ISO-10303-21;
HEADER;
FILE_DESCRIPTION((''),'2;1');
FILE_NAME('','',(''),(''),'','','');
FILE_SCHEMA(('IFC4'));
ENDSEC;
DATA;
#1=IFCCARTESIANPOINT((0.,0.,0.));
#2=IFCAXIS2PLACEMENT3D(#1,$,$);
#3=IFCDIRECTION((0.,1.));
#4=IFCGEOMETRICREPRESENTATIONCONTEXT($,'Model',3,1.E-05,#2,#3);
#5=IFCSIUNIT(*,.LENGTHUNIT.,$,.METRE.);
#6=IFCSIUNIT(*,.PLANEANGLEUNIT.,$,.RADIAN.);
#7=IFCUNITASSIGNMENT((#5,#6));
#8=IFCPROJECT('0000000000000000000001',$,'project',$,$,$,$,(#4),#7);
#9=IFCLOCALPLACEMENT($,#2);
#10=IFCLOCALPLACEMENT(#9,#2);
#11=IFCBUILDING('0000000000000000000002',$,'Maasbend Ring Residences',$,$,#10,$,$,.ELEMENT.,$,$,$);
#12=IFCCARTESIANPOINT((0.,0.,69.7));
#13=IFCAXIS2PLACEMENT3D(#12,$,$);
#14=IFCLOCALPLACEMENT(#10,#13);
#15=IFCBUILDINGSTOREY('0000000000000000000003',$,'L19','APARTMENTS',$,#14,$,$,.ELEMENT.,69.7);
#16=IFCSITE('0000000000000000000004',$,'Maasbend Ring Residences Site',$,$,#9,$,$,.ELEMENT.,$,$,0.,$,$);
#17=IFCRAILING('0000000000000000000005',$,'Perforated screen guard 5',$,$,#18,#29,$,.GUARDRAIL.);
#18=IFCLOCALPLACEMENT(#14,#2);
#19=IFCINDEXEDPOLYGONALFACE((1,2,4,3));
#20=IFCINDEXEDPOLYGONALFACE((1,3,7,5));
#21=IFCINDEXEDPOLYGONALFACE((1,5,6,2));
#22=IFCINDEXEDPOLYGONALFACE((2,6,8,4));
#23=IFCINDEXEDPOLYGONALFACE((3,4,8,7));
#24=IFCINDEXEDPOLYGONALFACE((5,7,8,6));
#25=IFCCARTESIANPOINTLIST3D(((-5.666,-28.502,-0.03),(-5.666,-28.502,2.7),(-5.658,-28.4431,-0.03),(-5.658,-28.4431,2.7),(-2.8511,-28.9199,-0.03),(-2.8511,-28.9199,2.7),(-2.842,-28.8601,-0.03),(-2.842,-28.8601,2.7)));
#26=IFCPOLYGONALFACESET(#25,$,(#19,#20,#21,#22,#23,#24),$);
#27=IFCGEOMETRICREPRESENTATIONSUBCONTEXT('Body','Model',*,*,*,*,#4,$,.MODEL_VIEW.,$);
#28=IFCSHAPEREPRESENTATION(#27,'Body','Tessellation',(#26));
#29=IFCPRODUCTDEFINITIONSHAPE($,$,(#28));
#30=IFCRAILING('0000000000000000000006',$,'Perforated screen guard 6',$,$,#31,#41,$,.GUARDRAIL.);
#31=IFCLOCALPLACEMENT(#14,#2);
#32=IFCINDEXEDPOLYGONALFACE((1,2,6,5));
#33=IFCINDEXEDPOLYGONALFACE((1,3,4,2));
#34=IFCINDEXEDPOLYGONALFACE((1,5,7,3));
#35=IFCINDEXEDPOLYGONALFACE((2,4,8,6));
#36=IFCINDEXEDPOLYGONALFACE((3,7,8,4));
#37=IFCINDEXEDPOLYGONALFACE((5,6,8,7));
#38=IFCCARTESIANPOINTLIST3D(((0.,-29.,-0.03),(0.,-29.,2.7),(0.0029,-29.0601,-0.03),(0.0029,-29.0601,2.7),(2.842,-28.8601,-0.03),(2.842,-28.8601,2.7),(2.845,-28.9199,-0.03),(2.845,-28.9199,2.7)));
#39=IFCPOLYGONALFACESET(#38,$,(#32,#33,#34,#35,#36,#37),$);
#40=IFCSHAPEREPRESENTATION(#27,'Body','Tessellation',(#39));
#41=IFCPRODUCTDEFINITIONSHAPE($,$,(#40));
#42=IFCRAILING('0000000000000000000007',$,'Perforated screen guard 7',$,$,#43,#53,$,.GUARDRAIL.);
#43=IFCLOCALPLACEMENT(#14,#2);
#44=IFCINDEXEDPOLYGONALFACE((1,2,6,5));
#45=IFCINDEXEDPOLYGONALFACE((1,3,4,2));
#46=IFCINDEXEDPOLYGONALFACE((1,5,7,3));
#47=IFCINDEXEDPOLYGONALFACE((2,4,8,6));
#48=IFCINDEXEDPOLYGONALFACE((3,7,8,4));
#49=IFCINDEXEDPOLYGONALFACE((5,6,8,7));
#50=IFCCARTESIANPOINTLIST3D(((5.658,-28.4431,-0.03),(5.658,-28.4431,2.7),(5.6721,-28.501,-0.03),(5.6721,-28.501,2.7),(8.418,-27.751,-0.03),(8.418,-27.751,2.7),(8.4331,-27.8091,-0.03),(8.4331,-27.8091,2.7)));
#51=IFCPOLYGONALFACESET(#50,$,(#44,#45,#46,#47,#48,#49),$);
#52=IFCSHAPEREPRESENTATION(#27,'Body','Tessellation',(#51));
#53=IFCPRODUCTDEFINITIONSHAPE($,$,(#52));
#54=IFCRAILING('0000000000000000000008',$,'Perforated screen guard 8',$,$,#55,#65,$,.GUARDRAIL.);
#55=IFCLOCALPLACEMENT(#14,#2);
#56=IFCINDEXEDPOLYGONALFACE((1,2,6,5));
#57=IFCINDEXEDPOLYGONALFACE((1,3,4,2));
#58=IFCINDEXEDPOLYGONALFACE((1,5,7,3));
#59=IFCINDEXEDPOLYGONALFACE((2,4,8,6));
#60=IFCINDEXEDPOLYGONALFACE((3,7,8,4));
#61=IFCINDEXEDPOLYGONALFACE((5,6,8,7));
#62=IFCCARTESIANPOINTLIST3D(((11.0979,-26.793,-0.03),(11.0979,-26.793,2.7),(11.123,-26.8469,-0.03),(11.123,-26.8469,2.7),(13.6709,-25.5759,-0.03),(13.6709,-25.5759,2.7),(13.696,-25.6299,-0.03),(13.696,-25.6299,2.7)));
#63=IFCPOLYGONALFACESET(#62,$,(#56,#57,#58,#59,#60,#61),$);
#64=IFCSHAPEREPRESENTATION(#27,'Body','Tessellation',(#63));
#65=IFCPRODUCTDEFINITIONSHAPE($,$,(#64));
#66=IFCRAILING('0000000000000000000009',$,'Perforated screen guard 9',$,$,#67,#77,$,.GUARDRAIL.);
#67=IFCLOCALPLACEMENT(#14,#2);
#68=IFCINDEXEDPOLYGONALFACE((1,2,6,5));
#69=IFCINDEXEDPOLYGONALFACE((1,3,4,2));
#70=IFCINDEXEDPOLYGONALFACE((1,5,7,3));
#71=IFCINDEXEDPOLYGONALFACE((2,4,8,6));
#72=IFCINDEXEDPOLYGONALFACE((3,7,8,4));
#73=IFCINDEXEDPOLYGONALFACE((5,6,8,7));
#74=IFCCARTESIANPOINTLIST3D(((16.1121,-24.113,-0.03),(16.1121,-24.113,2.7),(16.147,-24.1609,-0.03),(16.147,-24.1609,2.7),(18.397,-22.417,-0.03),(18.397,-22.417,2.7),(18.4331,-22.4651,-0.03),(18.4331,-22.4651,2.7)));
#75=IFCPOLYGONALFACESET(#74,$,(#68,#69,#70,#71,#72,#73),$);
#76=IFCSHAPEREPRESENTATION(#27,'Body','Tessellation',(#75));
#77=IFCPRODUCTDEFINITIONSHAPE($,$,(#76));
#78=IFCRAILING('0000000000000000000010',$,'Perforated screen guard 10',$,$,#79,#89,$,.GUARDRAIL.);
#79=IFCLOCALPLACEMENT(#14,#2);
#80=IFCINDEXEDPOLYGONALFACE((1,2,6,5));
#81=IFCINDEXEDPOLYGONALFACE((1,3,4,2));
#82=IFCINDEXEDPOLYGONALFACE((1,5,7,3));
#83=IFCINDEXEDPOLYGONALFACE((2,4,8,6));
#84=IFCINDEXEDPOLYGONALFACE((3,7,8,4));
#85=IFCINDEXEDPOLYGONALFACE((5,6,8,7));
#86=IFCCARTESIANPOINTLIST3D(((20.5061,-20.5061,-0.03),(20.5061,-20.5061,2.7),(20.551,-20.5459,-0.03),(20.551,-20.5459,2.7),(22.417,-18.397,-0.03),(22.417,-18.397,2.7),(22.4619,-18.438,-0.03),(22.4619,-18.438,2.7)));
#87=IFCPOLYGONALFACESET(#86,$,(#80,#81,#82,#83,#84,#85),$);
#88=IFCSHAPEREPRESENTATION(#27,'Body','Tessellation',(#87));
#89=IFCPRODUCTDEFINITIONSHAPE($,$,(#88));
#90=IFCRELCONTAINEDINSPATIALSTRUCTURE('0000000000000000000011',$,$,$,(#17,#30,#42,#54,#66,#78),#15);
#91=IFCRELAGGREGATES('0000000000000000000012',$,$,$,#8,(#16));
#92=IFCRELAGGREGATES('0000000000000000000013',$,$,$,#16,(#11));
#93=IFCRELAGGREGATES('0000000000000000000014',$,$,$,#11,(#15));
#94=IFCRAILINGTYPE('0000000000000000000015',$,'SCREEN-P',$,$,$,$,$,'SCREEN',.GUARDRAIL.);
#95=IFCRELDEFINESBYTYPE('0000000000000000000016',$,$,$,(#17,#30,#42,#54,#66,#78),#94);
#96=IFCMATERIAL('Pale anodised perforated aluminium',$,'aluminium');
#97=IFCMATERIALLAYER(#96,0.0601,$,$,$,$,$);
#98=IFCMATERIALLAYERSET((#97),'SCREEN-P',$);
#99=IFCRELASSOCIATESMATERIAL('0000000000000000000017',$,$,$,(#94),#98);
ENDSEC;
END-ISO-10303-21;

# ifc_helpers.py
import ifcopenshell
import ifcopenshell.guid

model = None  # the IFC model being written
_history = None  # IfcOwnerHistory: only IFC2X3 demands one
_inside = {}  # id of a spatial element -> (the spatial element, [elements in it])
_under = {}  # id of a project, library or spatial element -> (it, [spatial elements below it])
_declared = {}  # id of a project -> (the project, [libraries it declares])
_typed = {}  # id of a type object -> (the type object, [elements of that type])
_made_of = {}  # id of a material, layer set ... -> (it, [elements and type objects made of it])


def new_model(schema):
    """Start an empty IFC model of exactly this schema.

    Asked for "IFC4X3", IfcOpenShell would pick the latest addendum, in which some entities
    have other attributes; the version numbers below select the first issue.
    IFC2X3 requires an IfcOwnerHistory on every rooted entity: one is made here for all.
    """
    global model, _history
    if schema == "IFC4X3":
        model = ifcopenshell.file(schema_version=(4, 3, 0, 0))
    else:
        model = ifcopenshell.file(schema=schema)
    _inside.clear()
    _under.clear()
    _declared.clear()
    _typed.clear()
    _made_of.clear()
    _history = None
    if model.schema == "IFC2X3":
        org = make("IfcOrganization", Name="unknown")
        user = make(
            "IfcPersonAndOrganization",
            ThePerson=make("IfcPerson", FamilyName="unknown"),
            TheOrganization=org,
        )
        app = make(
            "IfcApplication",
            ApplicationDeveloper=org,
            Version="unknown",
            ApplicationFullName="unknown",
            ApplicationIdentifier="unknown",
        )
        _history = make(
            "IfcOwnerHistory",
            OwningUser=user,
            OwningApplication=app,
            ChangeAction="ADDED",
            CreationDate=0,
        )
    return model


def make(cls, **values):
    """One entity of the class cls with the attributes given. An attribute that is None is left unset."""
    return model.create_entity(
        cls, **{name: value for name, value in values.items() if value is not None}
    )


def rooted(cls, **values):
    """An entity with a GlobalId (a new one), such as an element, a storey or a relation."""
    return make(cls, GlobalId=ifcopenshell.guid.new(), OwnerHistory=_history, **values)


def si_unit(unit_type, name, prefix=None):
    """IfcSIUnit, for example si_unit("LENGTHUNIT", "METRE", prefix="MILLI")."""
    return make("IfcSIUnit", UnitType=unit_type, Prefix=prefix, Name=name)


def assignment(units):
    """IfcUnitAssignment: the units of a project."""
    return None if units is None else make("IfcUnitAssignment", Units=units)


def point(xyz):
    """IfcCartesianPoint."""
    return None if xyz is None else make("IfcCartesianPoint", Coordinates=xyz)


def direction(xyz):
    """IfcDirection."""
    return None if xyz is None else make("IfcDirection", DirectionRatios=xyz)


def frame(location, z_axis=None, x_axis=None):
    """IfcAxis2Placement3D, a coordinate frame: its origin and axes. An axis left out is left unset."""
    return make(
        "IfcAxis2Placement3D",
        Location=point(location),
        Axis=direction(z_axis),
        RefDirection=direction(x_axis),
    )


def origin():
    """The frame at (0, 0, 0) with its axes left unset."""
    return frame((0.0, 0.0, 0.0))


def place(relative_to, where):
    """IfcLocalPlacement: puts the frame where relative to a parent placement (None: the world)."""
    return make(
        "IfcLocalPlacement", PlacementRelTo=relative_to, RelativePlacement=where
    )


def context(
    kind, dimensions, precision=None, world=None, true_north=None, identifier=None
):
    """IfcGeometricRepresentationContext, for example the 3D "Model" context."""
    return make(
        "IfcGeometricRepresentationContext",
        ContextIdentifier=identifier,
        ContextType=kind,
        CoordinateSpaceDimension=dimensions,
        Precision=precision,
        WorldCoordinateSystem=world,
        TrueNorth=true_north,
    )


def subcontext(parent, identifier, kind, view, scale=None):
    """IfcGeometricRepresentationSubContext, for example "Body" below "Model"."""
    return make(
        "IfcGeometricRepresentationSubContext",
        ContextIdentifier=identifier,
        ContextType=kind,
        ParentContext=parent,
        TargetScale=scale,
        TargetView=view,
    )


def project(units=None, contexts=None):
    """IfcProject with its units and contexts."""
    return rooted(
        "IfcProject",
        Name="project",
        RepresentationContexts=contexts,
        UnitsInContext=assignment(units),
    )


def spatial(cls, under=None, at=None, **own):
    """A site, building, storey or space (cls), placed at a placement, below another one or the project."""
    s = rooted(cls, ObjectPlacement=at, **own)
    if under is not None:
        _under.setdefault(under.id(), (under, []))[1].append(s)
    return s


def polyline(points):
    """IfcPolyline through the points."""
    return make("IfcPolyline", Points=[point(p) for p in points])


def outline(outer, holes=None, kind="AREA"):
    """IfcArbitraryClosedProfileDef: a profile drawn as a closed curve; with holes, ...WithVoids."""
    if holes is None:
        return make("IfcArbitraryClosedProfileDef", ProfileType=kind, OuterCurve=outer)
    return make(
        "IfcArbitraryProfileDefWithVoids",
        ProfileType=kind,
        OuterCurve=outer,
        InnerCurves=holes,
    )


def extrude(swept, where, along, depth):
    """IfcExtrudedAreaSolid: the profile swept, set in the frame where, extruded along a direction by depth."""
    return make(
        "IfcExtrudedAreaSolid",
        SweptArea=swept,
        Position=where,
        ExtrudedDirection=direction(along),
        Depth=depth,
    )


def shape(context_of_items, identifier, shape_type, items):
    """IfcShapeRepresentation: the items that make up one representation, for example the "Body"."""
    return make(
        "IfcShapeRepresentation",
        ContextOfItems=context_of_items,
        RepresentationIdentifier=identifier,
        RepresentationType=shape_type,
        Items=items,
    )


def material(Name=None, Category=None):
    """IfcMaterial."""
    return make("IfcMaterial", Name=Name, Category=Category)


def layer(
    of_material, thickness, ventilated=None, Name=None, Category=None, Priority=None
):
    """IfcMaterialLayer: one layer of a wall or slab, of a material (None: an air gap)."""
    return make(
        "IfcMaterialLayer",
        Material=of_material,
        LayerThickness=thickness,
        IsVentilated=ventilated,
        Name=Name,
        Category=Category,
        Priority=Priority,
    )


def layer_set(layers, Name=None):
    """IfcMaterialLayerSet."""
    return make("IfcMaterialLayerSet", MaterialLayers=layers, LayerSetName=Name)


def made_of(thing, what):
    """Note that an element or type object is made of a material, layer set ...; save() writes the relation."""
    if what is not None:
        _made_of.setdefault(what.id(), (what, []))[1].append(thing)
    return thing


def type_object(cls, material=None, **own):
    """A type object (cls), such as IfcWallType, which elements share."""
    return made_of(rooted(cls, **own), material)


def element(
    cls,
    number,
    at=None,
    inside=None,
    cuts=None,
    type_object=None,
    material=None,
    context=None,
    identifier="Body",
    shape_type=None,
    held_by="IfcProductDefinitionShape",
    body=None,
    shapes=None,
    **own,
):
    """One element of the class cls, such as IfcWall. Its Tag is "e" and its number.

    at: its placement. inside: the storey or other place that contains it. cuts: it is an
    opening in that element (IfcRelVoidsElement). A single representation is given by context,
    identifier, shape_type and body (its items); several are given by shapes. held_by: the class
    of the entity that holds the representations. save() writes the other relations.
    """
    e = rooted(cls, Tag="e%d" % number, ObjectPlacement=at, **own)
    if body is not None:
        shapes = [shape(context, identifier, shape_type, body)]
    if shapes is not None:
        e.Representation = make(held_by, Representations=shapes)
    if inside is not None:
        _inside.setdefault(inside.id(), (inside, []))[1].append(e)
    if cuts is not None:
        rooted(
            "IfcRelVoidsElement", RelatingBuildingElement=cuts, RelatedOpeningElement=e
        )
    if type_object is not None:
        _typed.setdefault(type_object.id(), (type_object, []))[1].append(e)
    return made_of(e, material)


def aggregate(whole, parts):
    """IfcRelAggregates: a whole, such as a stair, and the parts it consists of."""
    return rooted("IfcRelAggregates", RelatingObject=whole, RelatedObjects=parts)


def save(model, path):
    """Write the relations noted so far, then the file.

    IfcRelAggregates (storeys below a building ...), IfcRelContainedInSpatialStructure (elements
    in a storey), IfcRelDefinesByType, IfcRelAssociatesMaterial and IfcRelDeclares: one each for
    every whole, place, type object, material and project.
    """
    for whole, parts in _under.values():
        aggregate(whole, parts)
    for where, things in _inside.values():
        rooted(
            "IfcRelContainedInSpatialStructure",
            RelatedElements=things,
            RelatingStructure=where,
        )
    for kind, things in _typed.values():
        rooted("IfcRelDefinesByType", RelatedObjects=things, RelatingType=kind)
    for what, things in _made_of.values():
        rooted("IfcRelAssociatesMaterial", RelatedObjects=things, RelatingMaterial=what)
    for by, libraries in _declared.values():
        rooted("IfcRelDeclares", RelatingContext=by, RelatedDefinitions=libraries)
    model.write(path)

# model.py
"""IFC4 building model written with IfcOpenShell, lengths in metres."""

from ifc_helpers import new_model, si_unit, direction, frame, origin, place, context, subcontext, project, spatial, polyline, outline, extrude, material, layer, layer_set, type_object, element, save


model = new_model("IFC4")

# Units and contexts
model_context = context("Model", 3, precision=1e-05, world=origin(), true_north=direction((0.0, 1.0)))
body_context = subcontext(model_context, "Body", "Model", "MODEL_VIEW")
ifc_project = project(units=[si_unit("LENGTHUNIT", "METRE"), si_unit("PLANEANGLEUNIT", "RADIAN")], contexts=[model_context])

# Site, building, storey
site_placement = place(None, origin())
site = spatial("IfcSite", under=ifc_project, at=site_placement, Name="Maasbend Ring Residences Site", CompositionType="ELEMENT", RefElevation=0.0)
building_placement = place(site_placement, origin())
building = spatial("IfcBuilding", under=site, at=building_placement, Name="Maasbend Ring Residences", CompositionType="ELEMENT")
storey_placement = place(building_placement, frame((0.0, 0.0, 69.7)))
storey = spatial("IfcBuildingStorey", under=building, at=storey_placement, Name="L19", Description="APARTMENTS", CompositionType="ELEMENT", Elevation=69.7)

# Railings
ifc_material_1 = material(Name="Pale anodised perforated aluminium", Category="aluminium")
ifc_layer_1 = layer(ifc_material_1, 0.0601)
ifc_layer_set_1 = layer_set([ifc_layer_1], Name="SCREEN-P")
railing_type = type_object("IfcRailingType", Name="SCREEN-P", ElementType="SCREEN", PredefinedType="GUARDRAIL", material=ifc_layer_set_1)
railing_1_placement = place(storey_placement, frame((0.0, 0.0, -0.03)))
element("IfcRailing", 1, at=railing_1_placement, inside=storey, type_object=railing_type, Name="Perforated screen guard 5", PredefinedType="GUARDRAIL", context=body_context, shape_type="SweptSolid", body=[
    extrude(outline(polyline([(-5.658, -28.4431), (-2.842, -28.8601), (-2.8511, -28.9199), (-5.666, -28.502), (-5.658, -28.4431)])), origin(), (0.0, 0.0, 1.0), 2.73),
])
railing_2_placement = place(storey_placement, frame((0.0, 0.0, -0.03)))
element("IfcRailing", 2, at=railing_2_placement, inside=storey, type_object=railing_type, Name="Perforated screen guard 6", PredefinedType="GUARDRAIL", context=body_context, shape_type="SweptSolid", body=[
    extrude(outline(polyline([(0.0, -29.0), (2.842, -28.8601), (2.845, -28.9199), (0.0029, -29.0601), (0.0, -29.0)])), origin(), (0.0, 0.0, 1.0), 2.73),
])
railing_3_placement = place(storey_placement, frame((0.0, 0.0, -0.03)))
element("IfcRailing", 3, at=railing_3_placement, inside=storey, type_object=railing_type, Name="Perforated screen guard 7", PredefinedType="GUARDRAIL", context=body_context, shape_type="SweptSolid", body=[
    extrude(outline(polyline([(5.658, -28.4431), (8.418, -27.751), (8.4331, -27.8091), (5.6721, -28.501), (5.658, -28.4431)])), origin(), (0.0, 0.0, 1.0), 2.73),
])
railing_4_placement = place(storey_placement, frame((0.0, 0.0, -0.03)))
element("IfcRailing", 4, at=railing_4_placement, inside=storey, type_object=railing_type, Name="Perforated screen guard 8", PredefinedType="GUARDRAIL", context=body_context, shape_type="SweptSolid", body=[
    extrude(outline(polyline([(11.0979, -26.793), (13.6709, -25.5759), (13.696, -25.6299), (11.123, -26.8469), (11.0979, -26.793)])), origin(), (0.0, 0.0, 1.0), 2.73),
])
railing_5_placement = place(storey_placement, frame((0.0, 0.0, -0.03)))
element("IfcRailing", 5, at=railing_5_placement, inside=storey, type_object=railing_type, Name="Perforated screen guard 9", PredefinedType="GUARDRAIL", context=body_context, shape_type="SweptSolid", body=[
    extrude(outline(polyline([(16.1121, -24.113), (18.397, -22.417), (18.4331, -22.4651), (16.147, -24.1609), (16.1121, -24.113)])), origin(), (0.0, 0.0, 1.0), 2.73),
])
railing_6_placement = place(storey_placement, frame((0.0, 0.0, -0.03)))
element("IfcRailing", 6, at=railing_6_placement, inside=storey, type_object=railing_type, Name="Perforated screen guard 10", PredefinedType="GUARDRAIL", context=body_context, shape_type="SweptSolid", body=[
    extrude(outline(polyline([(20.5061, -20.5061), (22.417, -18.397), (22.4619, -18.438), (20.551, -20.5459), (20.5061, -20.5061)])), origin(), (0.0, 0.0, 1.0), 2.73),
])

save(model, "model.ifc")
